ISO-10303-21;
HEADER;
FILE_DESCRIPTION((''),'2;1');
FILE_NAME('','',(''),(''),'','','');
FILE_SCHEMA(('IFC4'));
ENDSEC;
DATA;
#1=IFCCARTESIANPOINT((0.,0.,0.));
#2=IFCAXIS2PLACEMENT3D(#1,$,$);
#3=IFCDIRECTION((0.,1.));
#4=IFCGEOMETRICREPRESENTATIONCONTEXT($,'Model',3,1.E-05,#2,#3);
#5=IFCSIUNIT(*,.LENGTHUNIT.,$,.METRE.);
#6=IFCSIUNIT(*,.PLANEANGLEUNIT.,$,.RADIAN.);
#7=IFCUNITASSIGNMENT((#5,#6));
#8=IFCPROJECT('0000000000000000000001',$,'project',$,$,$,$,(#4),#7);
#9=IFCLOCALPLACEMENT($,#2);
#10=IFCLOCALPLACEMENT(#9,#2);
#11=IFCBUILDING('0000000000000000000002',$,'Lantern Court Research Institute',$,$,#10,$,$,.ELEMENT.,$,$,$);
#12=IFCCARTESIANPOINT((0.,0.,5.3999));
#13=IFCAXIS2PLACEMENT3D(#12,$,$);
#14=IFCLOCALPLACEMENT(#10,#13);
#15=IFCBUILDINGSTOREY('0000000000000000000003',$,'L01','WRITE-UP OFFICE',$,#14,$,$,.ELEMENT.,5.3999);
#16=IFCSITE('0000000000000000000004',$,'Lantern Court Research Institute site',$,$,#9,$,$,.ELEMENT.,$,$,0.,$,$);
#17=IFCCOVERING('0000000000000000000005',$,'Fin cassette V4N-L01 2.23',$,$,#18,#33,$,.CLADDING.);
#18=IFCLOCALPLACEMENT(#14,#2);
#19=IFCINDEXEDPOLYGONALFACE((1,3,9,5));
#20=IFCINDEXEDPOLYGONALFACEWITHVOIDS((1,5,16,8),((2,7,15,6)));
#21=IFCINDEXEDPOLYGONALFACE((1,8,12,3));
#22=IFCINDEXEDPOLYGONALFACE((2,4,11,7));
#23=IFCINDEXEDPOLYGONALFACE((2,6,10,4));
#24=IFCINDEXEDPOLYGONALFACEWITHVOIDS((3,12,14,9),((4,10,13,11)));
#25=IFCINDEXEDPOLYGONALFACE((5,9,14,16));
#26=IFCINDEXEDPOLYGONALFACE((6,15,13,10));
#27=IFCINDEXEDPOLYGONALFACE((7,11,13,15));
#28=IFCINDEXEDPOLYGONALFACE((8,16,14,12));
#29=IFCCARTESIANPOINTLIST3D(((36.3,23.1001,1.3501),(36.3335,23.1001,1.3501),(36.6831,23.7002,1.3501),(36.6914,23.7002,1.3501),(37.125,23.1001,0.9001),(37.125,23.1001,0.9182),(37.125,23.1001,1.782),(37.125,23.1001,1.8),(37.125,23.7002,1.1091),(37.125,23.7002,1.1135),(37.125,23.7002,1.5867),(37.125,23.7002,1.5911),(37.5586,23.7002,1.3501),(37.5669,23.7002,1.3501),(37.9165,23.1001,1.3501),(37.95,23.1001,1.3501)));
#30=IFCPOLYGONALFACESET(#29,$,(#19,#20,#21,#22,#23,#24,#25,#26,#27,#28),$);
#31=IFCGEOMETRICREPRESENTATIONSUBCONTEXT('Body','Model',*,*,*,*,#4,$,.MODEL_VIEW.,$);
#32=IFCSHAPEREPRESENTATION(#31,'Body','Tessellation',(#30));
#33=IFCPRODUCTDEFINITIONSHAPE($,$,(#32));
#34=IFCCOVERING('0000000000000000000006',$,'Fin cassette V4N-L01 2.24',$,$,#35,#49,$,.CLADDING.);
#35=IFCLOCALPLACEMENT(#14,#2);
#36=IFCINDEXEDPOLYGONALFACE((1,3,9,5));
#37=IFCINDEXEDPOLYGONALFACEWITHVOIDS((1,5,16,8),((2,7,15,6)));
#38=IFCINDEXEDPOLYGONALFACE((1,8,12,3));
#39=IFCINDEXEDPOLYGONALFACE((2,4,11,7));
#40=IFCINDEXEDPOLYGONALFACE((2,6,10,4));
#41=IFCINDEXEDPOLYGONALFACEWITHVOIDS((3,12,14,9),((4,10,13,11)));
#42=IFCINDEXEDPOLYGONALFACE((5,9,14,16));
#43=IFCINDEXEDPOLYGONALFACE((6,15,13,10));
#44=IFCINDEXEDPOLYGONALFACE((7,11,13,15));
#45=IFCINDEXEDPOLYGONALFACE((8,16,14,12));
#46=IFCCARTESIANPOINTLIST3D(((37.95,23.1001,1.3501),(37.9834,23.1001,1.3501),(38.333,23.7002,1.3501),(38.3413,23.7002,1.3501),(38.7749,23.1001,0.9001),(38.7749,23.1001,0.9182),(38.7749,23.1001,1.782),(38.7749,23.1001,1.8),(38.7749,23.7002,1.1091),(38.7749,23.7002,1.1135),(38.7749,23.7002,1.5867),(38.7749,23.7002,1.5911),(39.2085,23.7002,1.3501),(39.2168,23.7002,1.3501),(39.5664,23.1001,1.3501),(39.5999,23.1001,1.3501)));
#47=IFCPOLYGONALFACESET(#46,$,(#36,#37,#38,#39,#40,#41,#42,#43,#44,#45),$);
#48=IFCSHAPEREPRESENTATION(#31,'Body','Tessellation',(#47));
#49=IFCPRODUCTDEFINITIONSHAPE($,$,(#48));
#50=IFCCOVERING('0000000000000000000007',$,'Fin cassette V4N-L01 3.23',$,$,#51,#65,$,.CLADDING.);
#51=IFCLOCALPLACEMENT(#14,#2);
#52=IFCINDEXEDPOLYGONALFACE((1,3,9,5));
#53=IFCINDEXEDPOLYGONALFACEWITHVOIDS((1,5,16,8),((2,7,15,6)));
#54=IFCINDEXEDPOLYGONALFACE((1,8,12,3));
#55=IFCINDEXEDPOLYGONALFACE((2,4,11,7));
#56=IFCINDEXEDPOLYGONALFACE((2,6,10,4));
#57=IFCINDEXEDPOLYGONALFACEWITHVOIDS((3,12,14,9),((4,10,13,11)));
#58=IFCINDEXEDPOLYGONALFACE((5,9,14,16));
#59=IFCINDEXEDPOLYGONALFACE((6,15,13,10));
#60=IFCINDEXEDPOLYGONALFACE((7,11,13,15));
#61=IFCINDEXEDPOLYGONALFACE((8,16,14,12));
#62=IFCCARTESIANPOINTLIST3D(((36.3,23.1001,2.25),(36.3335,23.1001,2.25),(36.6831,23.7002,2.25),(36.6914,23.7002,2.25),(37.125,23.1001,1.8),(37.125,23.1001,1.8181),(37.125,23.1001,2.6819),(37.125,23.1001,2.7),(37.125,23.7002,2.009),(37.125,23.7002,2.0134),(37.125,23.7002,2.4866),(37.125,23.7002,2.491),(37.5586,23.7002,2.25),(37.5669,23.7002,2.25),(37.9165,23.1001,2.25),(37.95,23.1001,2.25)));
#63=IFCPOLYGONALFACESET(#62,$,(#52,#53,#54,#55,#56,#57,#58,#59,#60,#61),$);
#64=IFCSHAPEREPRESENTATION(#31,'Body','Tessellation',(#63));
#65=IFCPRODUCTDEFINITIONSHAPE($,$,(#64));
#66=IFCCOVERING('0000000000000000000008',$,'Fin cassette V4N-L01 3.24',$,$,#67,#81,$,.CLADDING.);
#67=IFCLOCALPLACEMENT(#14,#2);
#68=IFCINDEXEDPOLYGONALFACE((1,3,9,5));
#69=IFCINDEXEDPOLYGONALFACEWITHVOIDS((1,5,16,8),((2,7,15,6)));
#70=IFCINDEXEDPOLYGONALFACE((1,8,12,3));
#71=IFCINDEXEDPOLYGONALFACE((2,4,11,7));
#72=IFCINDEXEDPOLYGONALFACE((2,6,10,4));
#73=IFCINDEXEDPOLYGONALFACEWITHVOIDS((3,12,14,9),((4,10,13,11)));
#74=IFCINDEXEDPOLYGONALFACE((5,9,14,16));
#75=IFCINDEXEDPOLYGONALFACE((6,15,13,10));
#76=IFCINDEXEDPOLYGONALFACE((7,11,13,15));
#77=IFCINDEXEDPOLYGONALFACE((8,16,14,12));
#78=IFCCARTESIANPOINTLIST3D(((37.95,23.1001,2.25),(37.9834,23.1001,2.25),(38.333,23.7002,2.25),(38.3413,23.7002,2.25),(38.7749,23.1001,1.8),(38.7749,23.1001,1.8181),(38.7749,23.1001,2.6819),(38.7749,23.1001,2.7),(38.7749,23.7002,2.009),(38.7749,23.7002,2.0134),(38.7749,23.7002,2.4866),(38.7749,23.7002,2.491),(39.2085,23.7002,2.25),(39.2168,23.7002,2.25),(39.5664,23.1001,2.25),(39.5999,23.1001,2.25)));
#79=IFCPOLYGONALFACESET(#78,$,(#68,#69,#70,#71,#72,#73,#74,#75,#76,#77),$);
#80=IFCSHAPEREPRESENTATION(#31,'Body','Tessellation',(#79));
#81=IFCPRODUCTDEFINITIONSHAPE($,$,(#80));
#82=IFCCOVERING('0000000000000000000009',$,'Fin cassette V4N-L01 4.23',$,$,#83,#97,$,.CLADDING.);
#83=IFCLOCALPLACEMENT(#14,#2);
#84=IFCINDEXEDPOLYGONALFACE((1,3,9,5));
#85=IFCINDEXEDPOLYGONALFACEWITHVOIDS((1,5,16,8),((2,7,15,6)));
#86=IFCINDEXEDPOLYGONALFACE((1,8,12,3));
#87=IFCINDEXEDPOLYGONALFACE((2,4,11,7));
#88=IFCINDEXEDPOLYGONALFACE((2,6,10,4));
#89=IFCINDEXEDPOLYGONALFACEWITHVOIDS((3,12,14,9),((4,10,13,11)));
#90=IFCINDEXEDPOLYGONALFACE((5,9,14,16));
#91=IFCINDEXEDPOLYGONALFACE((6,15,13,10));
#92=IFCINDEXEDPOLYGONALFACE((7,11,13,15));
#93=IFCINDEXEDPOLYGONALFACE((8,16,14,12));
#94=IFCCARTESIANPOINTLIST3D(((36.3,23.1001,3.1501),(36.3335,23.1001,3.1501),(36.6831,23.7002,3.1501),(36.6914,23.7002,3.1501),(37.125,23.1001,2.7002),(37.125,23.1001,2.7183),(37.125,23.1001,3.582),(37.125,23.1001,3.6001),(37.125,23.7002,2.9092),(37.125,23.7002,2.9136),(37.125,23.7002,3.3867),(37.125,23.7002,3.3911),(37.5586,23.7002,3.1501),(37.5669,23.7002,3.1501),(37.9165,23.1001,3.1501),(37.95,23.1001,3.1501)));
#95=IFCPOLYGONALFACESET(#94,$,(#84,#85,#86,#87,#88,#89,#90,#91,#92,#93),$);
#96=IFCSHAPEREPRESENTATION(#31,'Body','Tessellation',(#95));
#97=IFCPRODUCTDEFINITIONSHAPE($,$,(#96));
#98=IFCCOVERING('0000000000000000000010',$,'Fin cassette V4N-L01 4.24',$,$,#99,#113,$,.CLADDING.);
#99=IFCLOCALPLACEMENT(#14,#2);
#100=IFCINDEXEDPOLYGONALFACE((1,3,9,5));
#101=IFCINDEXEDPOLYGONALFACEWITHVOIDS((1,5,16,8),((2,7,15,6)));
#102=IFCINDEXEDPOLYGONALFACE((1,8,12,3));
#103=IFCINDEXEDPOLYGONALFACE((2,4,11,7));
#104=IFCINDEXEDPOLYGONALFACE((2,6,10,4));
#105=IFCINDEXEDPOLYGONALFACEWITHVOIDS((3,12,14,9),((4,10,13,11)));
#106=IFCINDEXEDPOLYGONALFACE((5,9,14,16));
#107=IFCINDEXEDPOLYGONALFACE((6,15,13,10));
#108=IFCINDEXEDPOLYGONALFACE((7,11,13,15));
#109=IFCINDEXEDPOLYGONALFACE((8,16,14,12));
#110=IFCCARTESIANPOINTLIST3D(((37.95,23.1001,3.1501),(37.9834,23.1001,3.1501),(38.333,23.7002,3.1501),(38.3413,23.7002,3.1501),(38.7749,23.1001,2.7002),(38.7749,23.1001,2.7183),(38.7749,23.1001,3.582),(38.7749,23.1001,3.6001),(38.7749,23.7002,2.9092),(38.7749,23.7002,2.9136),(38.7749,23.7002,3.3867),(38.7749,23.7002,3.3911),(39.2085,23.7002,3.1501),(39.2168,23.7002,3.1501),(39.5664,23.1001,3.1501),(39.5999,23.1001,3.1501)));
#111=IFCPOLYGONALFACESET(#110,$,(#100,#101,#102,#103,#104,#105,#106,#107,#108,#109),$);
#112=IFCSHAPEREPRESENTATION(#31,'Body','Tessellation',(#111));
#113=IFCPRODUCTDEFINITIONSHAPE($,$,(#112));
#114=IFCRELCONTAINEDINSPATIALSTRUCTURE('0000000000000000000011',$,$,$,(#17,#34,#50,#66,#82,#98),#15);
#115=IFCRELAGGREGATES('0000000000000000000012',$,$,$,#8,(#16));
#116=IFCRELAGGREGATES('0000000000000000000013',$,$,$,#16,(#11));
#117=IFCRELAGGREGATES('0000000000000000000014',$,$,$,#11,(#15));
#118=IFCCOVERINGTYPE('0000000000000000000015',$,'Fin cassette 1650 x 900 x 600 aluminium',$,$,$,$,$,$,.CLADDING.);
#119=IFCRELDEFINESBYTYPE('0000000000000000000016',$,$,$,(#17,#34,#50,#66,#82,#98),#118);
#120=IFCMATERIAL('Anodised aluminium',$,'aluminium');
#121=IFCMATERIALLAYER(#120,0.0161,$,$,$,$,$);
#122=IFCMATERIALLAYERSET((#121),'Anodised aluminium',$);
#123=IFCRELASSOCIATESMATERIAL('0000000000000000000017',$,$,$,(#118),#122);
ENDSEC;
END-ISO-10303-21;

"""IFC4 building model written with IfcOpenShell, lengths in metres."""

from ifc_helpers import new_model, entity, si_unit, direction, frame, origin, place, context, subcontext, project, spatial, material, layer, layer_set, type_object, element, save


model = new_model("IFC4")

# Units and contexts
model_context = context("Model", 3, precision=1e-05, world=origin(), true_north=direction((0.0, 1.0)))
body_context = subcontext(model_context, "Body", "Model", "MODEL_VIEW")
ifc_project = project(units=[si_unit("LENGTHUNIT", "METRE"), si_unit("PLANEANGLEUNIT", "RADIAN")], contexts=[model_context])

# Site, building, storey
site_placement = place(None, origin())
site = spatial("IfcSite", under=ifc_project, at=site_placement, Name="Lantern Court Research Institute site", CompositionType="ELEMENT", RefElevation=0.0)
building_placement = place(site_placement, origin())
building = spatial("IfcBuilding", under=site, at=building_placement, Name="Lantern Court Research Institute", CompositionType="ELEMENT")
storey_placement = place(building_placement, frame((0.0, 0.0, 5.3999)))
storey = spatial("IfcBuildingStorey", under=building, at=storey_placement, Name="L01", Description="WRITE-UP OFFICE", CompositionType="ELEMENT", Elevation=5.3999)

# Coverings
ifc_material_1 = material(Name="Anodised aluminium", Category="aluminium")
ifc_layer_1 = layer(ifc_material_1, 0.0161)
ifc_layer_set_1 = layer_set([ifc_layer_1], Name="Anodised aluminium")
covering_type = type_object("IfcCoveringType", Name="Fin cassette 1650 x 900 x 600 aluminium", PredefinedType="CLADDING", material=ifc_layer_set_1)
covering_1_placement = place(storey_placement, frame((37.125, 23.1001, 1.3501), z_axis=(0.0, 1.0, 0.0), x_axis=(-1.0, 0.0, 0.0)))
cartesian_point_1 = entity("IfcCartesianPoint", [0.825, 0.0])
cartesian_point_2 = entity("IfcCartesianPoint", [0.7915, 0.0])
cartesian_point_3 = entity("IfcCartesianPoint", [0.4419, 0.0])
cartesian_point_4 = entity("IfcCartesianPoint", [0.4336, 0.0])
element("IfcCovering", 1, at=covering_1_placement, inside=storey, type_object=covering_type, Name="Fin cassette V4N-L01 2.23", PredefinedType="CLADDING", context=body_context, shape_type="SweptSolid", body=[
    entity("IfcExtrudedAreaSolidTapered", entity("IfcArbitraryProfileDefWithVoids", "AREA", None, entity("IfcPolyline", [cartesian_point_1, entity("IfcCartesianPoint", [0.0, 0.45]), entity("IfcCartesianPoint", [-0.825, 0.0]), entity("IfcCartesianPoint", [0.0, -0.45]), cartesian_point_1]), [entity("IfcPolyline", [cartesian_point_2, entity("IfcCartesianPoint", [0.0, 0.4319]), entity("IfcCartesianPoint", [-0.7915, 0.0]), entity("IfcCartesianPoint", [0.0, -0.4319]), cartesian_point_2])]), entity("IfcAxis2Placement3D", entity("IfcCartesianPoint", [0.0, 0.0, 0.0])), entity("IfcDirection", [0.0, 0.0, 1.0]), 0.6001, entity("IfcArbitraryProfileDefWithVoids", "AREA", None, entity("IfcPolyline", [cartesian_point_3, entity("IfcCartesianPoint", [0.0, 0.241]), entity("IfcCartesianPoint", [-0.4419, 0.0]), entity("IfcCartesianPoint", [0.0, -0.241]), cartesian_point_3]), [entity("IfcPolyline", [cartesian_point_4, entity("IfcCartesianPoint", [0.0, 0.2366]), entity("IfcCartesianPoint", [-0.4336, 0.0]), entity("IfcCartesianPoint", [0.0, -0.2366]), cartesian_point_4])])),
])
covering_2_placement = place(storey_placement, frame((38.7749, 23.1001, 1.3501), z_axis=(0.0, 1.0, 0.0), x_axis=(-1.0, 0.0, 0.0)))
cartesian_point_5 = entity("IfcCartesianPoint", [0.825, 0.0])
cartesian_point_6 = entity("IfcCartesianPoint", [0.7915, 0.0])
cartesian_point_7 = entity("IfcCartesianPoint", [0.4419, 0.0])
cartesian_point_8 = entity("IfcCartesianPoint", [0.4336, 0.0])
element("IfcCovering", 2, at=covering_2_placement, inside=storey, type_object=covering_type, Name="Fin cassette V4N-L01 2.24", PredefinedType="CLADDING", context=body_context, shape_type="SweptSolid", body=[
    entity("IfcExtrudedAreaSolidTapered", entity("IfcArbitraryProfileDefWithVoids", "AREA", None, entity("IfcPolyline", [cartesian_point_5, entity("IfcCartesianPoint", [0.0, 0.45]), entity("IfcCartesianPoint", [-0.825, 0.0]), entity("IfcCartesianPoint", [0.0, -0.45]), cartesian_point_5]), [entity("IfcPolyline", [cartesian_point_6, entity("IfcCartesianPoint", [0.0, 0.4319]), entity("IfcCartesianPoint", [-0.7915, 0.0]), entity("IfcCartesianPoint", [0.0, -0.4319]), cartesian_point_6])]), entity("IfcAxis2Placement3D", entity("IfcCartesianPoint", [0.0, 0.0, 0.0])), entity("IfcDirection", [0.0, 0.0, 1.0]), 0.6001, entity("IfcArbitraryProfileDefWithVoids", "AREA", None, entity("IfcPolyline", [cartesian_point_7, entity("IfcCartesianPoint", [0.0, 0.241]), entity("IfcCartesianPoint", [-0.4419, 0.0]), entity("IfcCartesianPoint", [0.0, -0.241]), cartesian_point_7]), [entity("IfcPolyline", [cartesian_point_8, entity("IfcCartesianPoint", [0.0, 0.2366]), entity("IfcCartesianPoint", [-0.4336, 0.0]), entity("IfcCartesianPoint", [0.0, -0.2366]), cartesian_point_8])])),
])
covering_3_placement = place(storey_placement, frame((37.125, 23.1001, 2.25), z_axis=(0.0, 1.0, 0.0), x_axis=(-1.0, 0.0, 0.0)))
cartesian_point_9 = entity("IfcCartesianPoint", [0.825, 0.0])
cartesian_point_10 = entity("IfcCartesianPoint", [0.7915, 0.0])
cartesian_point_11 = entity("IfcCartesianPoint", [0.4419, 0.0])
cartesian_point_12 = entity("IfcCartesianPoint", [0.4336, 0.0])
element("IfcCovering", 3, at=covering_3_placement, inside=storey, type_object=covering_type, Name="Fin cassette V4N-L01 3.23", PredefinedType="CLADDING", context=body_context, shape_type="SweptSolid", body=[
    entity("IfcExtrudedAreaSolidTapered", entity("IfcArbitraryProfileDefWithVoids", "AREA", None, entity("IfcPolyline", [cartesian_point_9, entity("IfcCartesianPoint", [0.0, 0.45]), entity("IfcCartesianPoint", [-0.825, 0.0]), entity("IfcCartesianPoint", [0.0, -0.45]), cartesian_point_9]), [entity("IfcPolyline", [cartesian_point_10, entity("IfcCartesianPoint", [0.0, 0.4319]), entity("IfcCartesianPoint", [-0.7915, 0.0]), entity("IfcCartesianPoint", [0.0, -0.4319]), cartesian_point_10])]), entity("IfcAxis2Placement3D", entity("IfcCartesianPoint", [0.0, 0.0, 0.0])), entity("IfcDirection", [0.0, 0.0, 1.0]), 0.6001, entity("IfcArbitraryProfileDefWithVoids", "AREA", None, entity("IfcPolyline", [cartesian_point_11, entity("IfcCartesianPoint", [0.0, 0.241]), entity("IfcCartesianPoint", [-0.4419, 0.0]), entity("IfcCartesianPoint", [0.0, -0.241]), cartesian_point_11]), [entity("IfcPolyline", [cartesian_point_12, entity("IfcCartesianPoint", [0.0, 0.2366]), entity("IfcCartesianPoint", [-0.4336, 0.0]), entity("IfcCartesianPoint", [0.0, -0.2366]), cartesian_point_12])])),
])
covering_4_placement = place(storey_placement, frame((38.7749, 23.1001, 2.25), z_axis=(0.0, 1.0, 0.0), x_axis=(-1.0, 0.0, 0.0)))
cartesian_point_13 = entity("IfcCartesianPoint", [0.825, 0.0])
cartesian_point_14 = entity("IfcCartesianPoint", [0.7915, 0.0])
cartesian_point_15 = entity("IfcCartesianPoint", [0.4419, 0.0])
cartesian_point_16 = entity("IfcCartesianPoint", [0.4336, 0.0])
element("IfcCovering", 4, at=covering_4_placement, inside=storey, type_object=covering_type, Name="Fin cassette V4N-L01 3.24", PredefinedType="CLADDING", context=body_context, shape_type="SweptSolid", body=[
    entity("IfcExtrudedAreaSolidTapered", entity("IfcArbitraryProfileDefWithVoids", "AREA", None, entity("IfcPolyline", [cartesian_point_13, entity("IfcCartesianPoint", [0.0, 0.45]), entity("IfcCartesianPoint", [-0.825, 0.0]), entity("IfcCartesianPoint", [0.0, -0.45]), cartesian_point_13]), [entity("IfcPolyline", [cartesian_point_14, entity("IfcCartesianPoint", [0.0, 0.4319]), entity("IfcCartesianPoint", [-0.7915, 0.0]), entity("IfcCartesianPoint", [0.0, -0.4319]), cartesian_point_14])]), entity("IfcAxis2Placement3D", entity("IfcCartesianPoint", [0.0, 0.0, 0.0])), entity("IfcDirection", [0.0, 0.0, 1.0]), 0.6001, entity("IfcArbitraryProfileDefWithVoids", "AREA", None, entity("IfcPolyline", [cartesian_point_15, entity("IfcCartesianPoint", [0.0, 0.241]), entity("IfcCartesianPoint", [-0.4419, 0.0]), entity("IfcCartesianPoint", [0.0, -0.241]), cartesian_point_15]), [entity("IfcPolyline", [cartesian_point_16, entity("IfcCartesianPoint", [0.0, 0.2366]), entity("IfcCartesianPoint", [-0.4336, 0.0]), entity("IfcCartesianPoint", [0.0, -0.2366]), cartesian_point_16])])),
])
covering_5_placement = place(storey_placement, frame((37.125, 23.1001, 3.1501), z_axis=(0.0, 1.0, 0.0), x_axis=(-1.0, 0.0, 0.0)))
cartesian_point_17 = entity("IfcCartesianPoint", [0.825, 0.0])
cartesian_point_18 = entity("IfcCartesianPoint", [0.7915, 0.0])
cartesian_point_19 = entity("IfcCartesianPoint", [0.4419, 0.0])
cartesian_point_20 = entity("IfcCartesianPoint", [0.4336, 0.0])
element("IfcCovering", 5, at=covering_5_placement, inside=storey, type_object=covering_type, Name="Fin cassette V4N-L01 4.23", PredefinedType="CLADDING", context=body_context, shape_type="SweptSolid", body=[
    entity("IfcExtrudedAreaSolidTapered", entity("IfcArbitraryProfileDefWithVoids", "AREA", None, entity("IfcPolyline", [cartesian_point_17, entity("IfcCartesianPoint", [0.0, 0.45]), entity("IfcCartesianPoint", [-0.825, 0.0]), entity("IfcCartesianPoint", [0.0, -0.45]), cartesian_point_17]), [entity("IfcPolyline", [cartesian_point_18, entity("IfcCartesianPoint", [0.0, 0.4319]), entity("IfcCartesianPoint", [-0.7915, 0.0]), entity("IfcCartesianPoint", [0.0, -0.4319]), cartesian_point_18])]), entity("IfcAxis2Placement3D", entity("IfcCartesianPoint", [0.0, 0.0, 0.0])), entity("IfcDirection", [0.0, 0.0, 1.0]), 0.6001, entity("IfcArbitraryProfileDefWithVoids", "AREA", None, entity("IfcPolyline", [cartesian_point_19, entity("IfcCartesianPoint", [0.0, 0.241]), entity("IfcCartesianPoint", [-0.4419, 0.0]), entity("IfcCartesianPoint", [0.0, -0.241]), cartesian_point_19]), [entity("IfcPolyline", [cartesian_point_20, entity("IfcCartesianPoint", [0.0, 0.2366]), entity("IfcCartesianPoint", [-0.4336, 0.0]), entity("IfcCartesianPoint", [0.0, -0.2366]), cartesian_point_20])])),
])
covering_6_placement = place(storey_placement, frame((38.7749, 23.1001, 3.1501), z_axis=(0.0, 1.0, 0.0), x_axis=(-1.0, 0.0, 0.0)))
cartesian_point_21 = entity("IfcCartesianPoint", [0.825, 0.0])
cartesian_point_22 = entity("IfcCartesianPoint", [0.7915, 0.0])
cartesian_point_23 = entity("IfcCartesianPoint", [0.4419, 0.0])
cartesian_point_24 = entity("IfcCartesianPoint", [0.4336, 0.0])
element("IfcCovering", 6, at=covering_6_placement, inside=storey, type_object=covering_type, Name="Fin cassette V4N-L01 4.24", PredefinedType="CLADDING", context=body_context, shape_type="SweptSolid", body=[
    entity("IfcExtrudedAreaSolidTapered", entity("IfcArbitraryProfileDefWithVoids", "AREA", None, entity("IfcPolyline", [cartesian_point_21, entity("IfcCartesianPoint", [0.0, 0.45]), entity("IfcCartesianPoint", [-0.825, 0.0]), entity("IfcCartesianPoint", [0.0, -0.45]), cartesian_point_21]), [entity("IfcPolyline", [cartesian_point_22, entity("IfcCartesianPoint", [0.0, 0.4319]), entity("IfcCartesianPoint", [-0.7915, 0.0]), entity("IfcCartesianPoint", [0.0, -0.4319]), cartesian_point_22])]), entity("IfcAxis2Placement3D", entity("IfcCartesianPoint", [0.0, 0.0, 0.0])), entity("IfcDirection", [0.0, 0.0, 1.0]), 0.6001, entity("IfcArbitraryProfileDefWithVoids", "AREA", None, entity("IfcPolyline", [cartesian_point_23, entity("IfcCartesianPoint", [0.0, 0.241]), entity("IfcCartesianPoint", [-0.4419, 0.0]), entity("IfcCartesianPoint", [0.0, -0.241]), cartesian_point_23]), [entity("IfcPolyline", [cartesian_point_24, entity("IfcCartesianPoint", [0.0, 0.2366]), entity("IfcCartesianPoint", [-0.4336, 0.0]), entity("IfcCartesianPoint", [0.0, -0.2366]), cartesian_point_24])])),
])

save(model, "model.ifc")
